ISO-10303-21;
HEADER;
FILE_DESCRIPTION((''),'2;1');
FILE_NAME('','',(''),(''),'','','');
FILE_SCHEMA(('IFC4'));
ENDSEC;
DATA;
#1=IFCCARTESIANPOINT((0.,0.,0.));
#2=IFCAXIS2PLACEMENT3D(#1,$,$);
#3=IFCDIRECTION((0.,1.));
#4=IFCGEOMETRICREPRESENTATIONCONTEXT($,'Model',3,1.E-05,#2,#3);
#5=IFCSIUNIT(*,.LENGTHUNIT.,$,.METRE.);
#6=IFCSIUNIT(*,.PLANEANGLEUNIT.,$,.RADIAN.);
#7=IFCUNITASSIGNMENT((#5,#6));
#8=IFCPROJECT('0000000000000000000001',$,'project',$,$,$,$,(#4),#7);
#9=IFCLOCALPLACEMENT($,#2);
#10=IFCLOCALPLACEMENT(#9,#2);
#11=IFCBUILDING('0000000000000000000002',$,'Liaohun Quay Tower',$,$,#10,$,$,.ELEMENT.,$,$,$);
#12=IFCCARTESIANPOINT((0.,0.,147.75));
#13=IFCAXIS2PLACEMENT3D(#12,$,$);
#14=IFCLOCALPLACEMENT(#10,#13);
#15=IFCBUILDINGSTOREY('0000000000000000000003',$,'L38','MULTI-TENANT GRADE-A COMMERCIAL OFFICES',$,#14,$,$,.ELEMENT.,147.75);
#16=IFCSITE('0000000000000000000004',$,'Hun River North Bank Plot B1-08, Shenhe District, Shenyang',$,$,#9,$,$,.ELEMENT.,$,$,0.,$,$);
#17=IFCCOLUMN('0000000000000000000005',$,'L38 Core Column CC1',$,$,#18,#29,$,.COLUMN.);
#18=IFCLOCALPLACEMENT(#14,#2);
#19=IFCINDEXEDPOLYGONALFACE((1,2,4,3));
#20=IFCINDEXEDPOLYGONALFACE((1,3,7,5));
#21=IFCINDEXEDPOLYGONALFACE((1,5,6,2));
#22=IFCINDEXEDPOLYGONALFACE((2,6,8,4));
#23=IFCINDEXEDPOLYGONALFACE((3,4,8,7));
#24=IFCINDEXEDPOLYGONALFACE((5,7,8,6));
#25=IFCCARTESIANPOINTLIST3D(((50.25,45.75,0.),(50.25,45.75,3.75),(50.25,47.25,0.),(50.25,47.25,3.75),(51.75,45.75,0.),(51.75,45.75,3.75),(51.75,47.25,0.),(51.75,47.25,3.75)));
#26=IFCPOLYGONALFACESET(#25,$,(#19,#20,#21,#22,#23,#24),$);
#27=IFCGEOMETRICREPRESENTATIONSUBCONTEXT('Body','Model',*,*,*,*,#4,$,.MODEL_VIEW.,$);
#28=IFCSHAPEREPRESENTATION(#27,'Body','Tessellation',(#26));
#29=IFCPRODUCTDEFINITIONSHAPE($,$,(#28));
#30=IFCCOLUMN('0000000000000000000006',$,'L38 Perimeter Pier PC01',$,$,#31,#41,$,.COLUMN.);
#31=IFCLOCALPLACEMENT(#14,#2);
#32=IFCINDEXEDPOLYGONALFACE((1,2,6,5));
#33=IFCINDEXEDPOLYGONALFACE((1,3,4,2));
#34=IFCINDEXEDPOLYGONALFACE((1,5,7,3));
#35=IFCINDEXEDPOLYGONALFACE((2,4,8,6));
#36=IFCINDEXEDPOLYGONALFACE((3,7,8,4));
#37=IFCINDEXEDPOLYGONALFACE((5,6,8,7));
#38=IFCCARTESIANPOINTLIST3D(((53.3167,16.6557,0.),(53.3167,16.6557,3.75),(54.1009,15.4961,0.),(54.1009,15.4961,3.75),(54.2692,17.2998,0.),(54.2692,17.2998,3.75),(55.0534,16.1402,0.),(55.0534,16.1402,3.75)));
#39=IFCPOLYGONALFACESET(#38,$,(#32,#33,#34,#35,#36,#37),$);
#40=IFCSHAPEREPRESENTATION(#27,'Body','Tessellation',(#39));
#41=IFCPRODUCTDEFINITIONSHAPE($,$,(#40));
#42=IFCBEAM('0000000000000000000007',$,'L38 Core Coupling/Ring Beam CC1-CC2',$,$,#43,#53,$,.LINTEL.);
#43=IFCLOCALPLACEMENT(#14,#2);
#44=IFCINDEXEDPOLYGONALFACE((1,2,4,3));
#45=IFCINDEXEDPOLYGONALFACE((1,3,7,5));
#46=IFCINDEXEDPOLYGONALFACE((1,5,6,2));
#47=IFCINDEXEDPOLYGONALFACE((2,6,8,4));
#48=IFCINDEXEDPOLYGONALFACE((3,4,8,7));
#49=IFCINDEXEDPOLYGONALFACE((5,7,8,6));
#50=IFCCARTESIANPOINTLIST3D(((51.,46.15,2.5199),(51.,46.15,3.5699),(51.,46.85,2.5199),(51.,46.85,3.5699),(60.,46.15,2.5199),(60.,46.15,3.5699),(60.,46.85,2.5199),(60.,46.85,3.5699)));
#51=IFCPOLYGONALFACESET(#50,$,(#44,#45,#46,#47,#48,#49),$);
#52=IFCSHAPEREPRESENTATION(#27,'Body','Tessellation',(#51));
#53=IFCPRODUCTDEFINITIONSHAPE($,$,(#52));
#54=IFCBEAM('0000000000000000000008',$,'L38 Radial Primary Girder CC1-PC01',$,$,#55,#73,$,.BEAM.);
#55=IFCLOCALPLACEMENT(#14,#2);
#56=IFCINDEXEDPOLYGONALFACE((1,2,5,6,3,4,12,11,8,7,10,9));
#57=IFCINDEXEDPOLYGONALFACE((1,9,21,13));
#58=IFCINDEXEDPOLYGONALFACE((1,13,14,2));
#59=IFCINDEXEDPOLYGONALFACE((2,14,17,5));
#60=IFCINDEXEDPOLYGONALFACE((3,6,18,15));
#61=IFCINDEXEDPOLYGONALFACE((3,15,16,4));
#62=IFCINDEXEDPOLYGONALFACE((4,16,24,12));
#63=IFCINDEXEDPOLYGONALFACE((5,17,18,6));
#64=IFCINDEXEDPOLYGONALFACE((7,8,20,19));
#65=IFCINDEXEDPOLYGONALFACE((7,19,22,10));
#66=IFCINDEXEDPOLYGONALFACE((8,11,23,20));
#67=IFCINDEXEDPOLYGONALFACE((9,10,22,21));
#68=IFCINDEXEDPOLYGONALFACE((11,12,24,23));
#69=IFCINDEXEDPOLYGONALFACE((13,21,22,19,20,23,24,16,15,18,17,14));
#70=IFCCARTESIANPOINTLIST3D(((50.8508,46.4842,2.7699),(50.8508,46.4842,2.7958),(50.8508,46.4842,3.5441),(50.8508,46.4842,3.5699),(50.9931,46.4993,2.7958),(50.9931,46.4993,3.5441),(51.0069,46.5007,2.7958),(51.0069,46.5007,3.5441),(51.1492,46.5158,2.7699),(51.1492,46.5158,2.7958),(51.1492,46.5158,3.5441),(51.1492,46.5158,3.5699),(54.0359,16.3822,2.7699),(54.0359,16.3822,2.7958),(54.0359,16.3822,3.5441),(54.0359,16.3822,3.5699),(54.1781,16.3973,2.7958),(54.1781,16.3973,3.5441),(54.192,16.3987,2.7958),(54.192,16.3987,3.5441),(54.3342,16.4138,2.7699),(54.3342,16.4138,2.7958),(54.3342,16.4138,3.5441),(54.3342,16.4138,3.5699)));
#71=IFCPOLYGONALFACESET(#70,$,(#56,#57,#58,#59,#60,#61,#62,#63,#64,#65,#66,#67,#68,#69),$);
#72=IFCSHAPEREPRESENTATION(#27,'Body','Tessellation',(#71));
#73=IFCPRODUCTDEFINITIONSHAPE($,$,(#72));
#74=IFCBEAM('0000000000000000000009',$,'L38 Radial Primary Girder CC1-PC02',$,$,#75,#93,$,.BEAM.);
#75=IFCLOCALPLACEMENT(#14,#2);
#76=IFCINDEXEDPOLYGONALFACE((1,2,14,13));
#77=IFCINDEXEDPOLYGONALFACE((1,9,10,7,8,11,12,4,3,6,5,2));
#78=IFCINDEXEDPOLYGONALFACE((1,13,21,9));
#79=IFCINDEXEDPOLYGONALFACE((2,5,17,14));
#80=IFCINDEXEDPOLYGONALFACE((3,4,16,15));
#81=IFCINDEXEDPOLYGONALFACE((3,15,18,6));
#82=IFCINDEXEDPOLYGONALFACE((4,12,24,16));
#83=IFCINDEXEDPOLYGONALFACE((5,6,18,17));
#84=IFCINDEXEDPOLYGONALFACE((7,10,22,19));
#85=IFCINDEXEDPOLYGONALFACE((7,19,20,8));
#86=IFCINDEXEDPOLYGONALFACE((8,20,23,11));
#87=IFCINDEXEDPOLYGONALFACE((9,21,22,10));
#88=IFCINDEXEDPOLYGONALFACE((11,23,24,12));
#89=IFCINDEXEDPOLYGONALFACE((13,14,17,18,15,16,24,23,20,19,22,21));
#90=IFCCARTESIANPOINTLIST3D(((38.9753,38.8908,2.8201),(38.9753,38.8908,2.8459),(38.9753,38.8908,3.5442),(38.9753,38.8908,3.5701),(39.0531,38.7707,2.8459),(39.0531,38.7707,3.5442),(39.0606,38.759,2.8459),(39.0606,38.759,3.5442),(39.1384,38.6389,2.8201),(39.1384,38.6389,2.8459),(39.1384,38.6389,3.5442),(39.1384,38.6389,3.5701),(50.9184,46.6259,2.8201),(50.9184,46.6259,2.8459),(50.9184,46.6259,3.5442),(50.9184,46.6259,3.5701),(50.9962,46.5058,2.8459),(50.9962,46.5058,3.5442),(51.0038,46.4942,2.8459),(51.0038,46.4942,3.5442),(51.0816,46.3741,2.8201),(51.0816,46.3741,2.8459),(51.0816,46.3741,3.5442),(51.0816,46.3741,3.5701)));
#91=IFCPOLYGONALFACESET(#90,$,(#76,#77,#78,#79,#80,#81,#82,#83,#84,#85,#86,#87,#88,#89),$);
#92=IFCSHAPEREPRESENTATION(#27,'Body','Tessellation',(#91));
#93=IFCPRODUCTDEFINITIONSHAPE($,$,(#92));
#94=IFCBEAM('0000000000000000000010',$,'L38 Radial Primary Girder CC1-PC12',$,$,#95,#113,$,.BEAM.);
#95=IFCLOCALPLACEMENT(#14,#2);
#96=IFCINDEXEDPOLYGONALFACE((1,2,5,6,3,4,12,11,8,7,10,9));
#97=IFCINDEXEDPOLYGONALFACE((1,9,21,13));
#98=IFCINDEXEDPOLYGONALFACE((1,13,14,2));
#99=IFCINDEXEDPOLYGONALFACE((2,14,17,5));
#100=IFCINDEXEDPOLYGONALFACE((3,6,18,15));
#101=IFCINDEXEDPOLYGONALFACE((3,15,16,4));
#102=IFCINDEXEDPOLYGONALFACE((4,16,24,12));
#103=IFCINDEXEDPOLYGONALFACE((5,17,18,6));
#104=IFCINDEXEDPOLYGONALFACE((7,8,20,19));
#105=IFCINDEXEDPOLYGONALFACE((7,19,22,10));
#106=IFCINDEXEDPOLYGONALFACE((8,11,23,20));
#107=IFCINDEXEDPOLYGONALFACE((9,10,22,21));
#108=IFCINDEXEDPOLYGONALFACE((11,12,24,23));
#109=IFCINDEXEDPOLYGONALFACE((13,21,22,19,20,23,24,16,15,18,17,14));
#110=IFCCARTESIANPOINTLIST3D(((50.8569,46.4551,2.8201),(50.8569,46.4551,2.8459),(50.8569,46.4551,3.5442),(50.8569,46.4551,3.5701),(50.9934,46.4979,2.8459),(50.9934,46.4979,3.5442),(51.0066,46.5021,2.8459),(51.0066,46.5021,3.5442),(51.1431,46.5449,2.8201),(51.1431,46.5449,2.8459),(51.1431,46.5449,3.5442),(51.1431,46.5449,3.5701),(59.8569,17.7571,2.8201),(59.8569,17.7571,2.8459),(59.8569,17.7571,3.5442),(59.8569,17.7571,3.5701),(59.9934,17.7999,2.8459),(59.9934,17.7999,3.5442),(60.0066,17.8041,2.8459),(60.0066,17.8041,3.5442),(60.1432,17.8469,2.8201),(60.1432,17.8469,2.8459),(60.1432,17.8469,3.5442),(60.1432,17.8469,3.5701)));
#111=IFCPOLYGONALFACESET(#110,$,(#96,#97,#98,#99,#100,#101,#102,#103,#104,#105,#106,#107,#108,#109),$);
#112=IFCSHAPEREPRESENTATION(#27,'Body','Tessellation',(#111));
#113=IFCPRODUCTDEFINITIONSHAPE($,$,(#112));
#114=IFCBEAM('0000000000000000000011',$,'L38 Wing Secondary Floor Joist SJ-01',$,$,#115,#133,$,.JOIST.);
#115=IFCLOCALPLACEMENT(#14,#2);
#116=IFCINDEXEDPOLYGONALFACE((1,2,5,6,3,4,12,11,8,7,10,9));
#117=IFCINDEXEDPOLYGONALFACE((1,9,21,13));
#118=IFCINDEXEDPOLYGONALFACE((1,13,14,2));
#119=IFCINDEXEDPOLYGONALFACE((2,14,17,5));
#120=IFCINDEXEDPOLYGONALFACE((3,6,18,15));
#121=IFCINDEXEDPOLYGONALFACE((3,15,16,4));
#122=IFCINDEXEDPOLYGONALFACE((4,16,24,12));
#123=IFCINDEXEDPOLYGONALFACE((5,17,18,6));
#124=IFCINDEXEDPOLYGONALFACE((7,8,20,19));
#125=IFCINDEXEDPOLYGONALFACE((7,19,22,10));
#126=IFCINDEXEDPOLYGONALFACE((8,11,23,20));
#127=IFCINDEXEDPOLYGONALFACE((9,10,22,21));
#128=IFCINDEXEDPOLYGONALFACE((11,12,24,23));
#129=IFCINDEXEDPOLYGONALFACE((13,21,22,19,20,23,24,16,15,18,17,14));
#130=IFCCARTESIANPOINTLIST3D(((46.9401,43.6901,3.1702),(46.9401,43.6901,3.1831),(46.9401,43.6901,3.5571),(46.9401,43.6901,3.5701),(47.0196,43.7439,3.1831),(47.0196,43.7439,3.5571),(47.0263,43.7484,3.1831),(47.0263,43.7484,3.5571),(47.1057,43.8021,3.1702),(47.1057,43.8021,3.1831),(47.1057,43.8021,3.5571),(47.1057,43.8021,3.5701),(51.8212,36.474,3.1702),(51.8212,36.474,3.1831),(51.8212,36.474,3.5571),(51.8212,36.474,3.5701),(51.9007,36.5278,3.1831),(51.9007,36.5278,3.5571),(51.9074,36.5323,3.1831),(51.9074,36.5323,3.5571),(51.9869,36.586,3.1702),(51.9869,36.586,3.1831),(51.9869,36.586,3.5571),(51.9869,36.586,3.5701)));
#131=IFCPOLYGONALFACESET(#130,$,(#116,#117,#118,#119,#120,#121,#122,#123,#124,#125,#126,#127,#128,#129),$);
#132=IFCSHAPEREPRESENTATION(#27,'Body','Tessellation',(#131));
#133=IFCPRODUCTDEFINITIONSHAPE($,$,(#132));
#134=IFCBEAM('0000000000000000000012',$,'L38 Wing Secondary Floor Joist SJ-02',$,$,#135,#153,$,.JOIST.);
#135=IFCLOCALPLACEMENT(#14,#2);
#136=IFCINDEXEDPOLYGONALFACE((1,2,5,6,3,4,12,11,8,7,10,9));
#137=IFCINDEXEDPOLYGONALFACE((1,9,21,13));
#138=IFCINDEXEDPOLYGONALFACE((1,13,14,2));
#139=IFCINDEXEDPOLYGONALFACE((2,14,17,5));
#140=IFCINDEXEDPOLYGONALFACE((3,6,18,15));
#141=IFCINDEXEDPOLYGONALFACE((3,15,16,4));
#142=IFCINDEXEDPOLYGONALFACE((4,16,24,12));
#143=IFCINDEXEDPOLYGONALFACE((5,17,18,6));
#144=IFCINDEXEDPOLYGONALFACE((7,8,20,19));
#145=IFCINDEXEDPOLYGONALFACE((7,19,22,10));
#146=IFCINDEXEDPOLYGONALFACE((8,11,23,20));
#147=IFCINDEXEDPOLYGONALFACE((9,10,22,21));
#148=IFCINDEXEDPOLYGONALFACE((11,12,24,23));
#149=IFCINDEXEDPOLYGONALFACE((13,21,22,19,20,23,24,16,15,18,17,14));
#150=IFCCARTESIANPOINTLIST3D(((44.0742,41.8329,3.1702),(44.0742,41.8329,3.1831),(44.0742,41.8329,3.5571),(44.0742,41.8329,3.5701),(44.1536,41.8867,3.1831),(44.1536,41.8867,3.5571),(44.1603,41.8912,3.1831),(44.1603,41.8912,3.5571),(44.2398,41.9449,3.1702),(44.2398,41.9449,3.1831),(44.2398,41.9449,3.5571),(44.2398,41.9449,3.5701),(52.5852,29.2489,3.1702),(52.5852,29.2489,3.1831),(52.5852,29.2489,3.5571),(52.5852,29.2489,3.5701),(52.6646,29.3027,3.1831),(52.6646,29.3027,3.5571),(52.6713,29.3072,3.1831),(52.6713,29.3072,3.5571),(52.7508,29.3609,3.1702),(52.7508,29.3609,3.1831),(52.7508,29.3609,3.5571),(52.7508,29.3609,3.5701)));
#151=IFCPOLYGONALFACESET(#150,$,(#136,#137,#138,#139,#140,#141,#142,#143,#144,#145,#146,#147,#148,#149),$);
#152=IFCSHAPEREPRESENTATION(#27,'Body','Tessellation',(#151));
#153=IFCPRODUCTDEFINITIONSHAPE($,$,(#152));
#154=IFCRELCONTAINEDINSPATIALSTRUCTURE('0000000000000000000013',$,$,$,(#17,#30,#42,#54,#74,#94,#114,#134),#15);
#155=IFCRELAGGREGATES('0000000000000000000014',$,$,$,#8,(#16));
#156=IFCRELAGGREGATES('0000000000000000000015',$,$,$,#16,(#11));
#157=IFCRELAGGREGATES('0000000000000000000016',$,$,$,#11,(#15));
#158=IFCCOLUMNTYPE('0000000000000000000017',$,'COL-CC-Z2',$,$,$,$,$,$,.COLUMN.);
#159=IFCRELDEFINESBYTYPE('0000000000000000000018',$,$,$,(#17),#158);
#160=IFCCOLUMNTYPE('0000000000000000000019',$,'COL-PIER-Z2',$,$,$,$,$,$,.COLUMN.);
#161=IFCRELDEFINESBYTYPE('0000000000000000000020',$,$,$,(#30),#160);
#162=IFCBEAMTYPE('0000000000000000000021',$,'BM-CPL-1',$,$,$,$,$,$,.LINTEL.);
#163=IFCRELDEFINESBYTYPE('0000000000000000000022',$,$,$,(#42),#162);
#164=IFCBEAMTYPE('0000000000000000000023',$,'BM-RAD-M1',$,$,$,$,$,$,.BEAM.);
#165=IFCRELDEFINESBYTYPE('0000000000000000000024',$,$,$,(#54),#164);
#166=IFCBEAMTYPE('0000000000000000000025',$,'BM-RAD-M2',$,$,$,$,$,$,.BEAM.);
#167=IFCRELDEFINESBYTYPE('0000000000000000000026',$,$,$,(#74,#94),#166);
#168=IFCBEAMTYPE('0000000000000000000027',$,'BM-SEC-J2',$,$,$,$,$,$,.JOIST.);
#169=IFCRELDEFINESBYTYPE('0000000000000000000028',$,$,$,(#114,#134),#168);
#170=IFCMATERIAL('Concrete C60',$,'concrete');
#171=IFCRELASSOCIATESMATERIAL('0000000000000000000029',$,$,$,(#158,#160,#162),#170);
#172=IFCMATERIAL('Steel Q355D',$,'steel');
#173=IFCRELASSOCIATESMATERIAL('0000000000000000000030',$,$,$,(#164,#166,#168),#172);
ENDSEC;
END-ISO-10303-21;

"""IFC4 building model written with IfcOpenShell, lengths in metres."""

from ifc_helpers import new_model, si_unit, direction, frame, origin, origin_2d, place, context, subcontext, project, spatial, rectangle, i_section, extrude, source, transform, mapped, material, material_profile, profile_set, type_object, element, save


model = new_model("IFC4")

# Units and contexts
model_context = context("Model", 3, precision=1e-05, world=origin(), true_north=direction((0.0, 1.0)))
body_context = subcontext(model_context, "Body", "Model", "MODEL_VIEW")
ifc_project = project(units=[si_unit("LENGTHUNIT", "METRE"), si_unit("PLANEANGLEUNIT", "RADIAN")], contexts=[model_context])

# Site, building, storey
site_placement = place(None, origin())
site = spatial("IfcSite", under=ifc_project, at=site_placement, Name="Hun River North Bank Plot B1-08, Shenhe District, Shenyang", CompositionType="ELEMENT", RefElevation=0.0)
building_placement = place(site_placement, origin())
building = spatial("IfcBuilding", under=site, at=building_placement, Name="Liaohun Quay Tower", CompositionType="ELEMENT")
storey_placement = place(building_placement, frame((0.0, 0.0, 147.75)))
storey = spatial("IfcBuildingStorey", under=building, at=storey_placement, Name="L38", Description="MULTI-TENANT GRADE-A COMMERCIAL OFFICES", CompositionType="ELEMENT", Elevation=147.75)

# Columns
ifc_material_1 = material(Name="Concrete C60", Category="concrete")
ifc_material_profile_1 = material_profile(ifc_material_1, rectangle(XDim=1.5, YDim=1.5, at=origin_2d()), Name="RC1500x1500")
ifc_profile_set_1 = profile_set([ifc_material_profile_1], Name="Concrete C60")
column_type_1 = type_object("IfcColumnType", Name="COL-CC-Z2", PredefinedType="COLUMN", material=ifc_profile_set_1)
shared_shape_1 = source(origin(), body_context, "Body", "SweptSolid", [
    extrude(rectangle(XDim=1.5, YDim=1.5, at=origin_2d()), origin(), (0.0, 0.0, 1.0), 3.75),
])
column_1_placement = place(storey_placement, frame((51.0, 46.5, 0.0), z_axis=(0.0, 0.0, 1.0), x_axis=(1.0, 0.0, 0.0)))
element("IfcColumn", 1, at=column_1_placement, inside=storey, type_object=column_type_1, Name="L38 Core Column CC1", PredefinedType="COLUMN", context=body_context, shape_type="MappedRepresentation", body=[
    mapped(shared_shape_1, transform((0.0, 0.0, 0.0), x_axis=(1.0, 0.0, 0.0), y_axis=(0.0, 1.0, 0.0), z_axis=(0.0, 0.0, 1.0), scale=1.0)),
])
ifc_material_profile_2 = material_profile(ifc_material_1, rectangle(XDim=1.3999, YDim=1.1499, at=origin_2d()), Name="RC1400x1150")
ifc_profile_set_2 = profile_set([ifc_material_profile_2], Name="Concrete C60")
column_type_2 = type_object("IfcColumnType", Name="COL-PIER-Z2", PredefinedType="COLUMN", material=ifc_profile_set_2)
shared_shape_2 = source(origin(), body_context, "Body", "SweptSolid", [
    extrude(rectangle(XDim=1.3999, YDim=1.1499, at=origin_2d()), origin(), (0.0, 0.0, 1.0), 3.75),
])
column_2_placement = place(storey_placement, frame((54.1851, 16.3979, 0.0), z_axis=(0.0, 0.0, 1.0), x_axis=(-0.560205, 0.828354, 0.0)))
element("IfcColumn", 2, at=column_2_placement, inside=storey, type_object=column_type_2, Name="L38 Perimeter Pier PC01", PredefinedType="COLUMN", context=body_context, shape_type="MappedRepresentation", body=[
    mapped(shared_shape_2, transform((0.0, 0.0, 0.0), x_axis=(1.0, 0.0, 0.0), y_axis=(0.0, 1.0, 0.0), z_axis=(0.0, 0.0, 1.0), scale=1.0)),
])

# Beams
ifc_material_profile_3 = material_profile(ifc_material_1, rectangle(XDim=0.7, YDim=1.05, at=origin_2d()), Name="RC700x1050")
ifc_profile_set_3 = profile_set([ifc_material_profile_3], Name="Concrete C60")
beam_type_1 = type_object("IfcBeamType", Name="BM-CPL-1", PredefinedType="LINTEL", material=ifc_profile_set_3)
shared_shape_3 = source(origin(), body_context, "Body", "SweptSolid", [
    extrude(rectangle(XDim=0.7, YDim=1.05, at=origin_2d()), origin(), (0.0, 0.0, 1.0), 9.0),
])
beam_1_placement = place(storey_placement, frame((51.0, 46.5, 3.0449), z_axis=(1.0, 0.0, 0.0), x_axis=(0.0, 1.0, 0.0)))
element("IfcBeam", 3, at=beam_1_placement, inside=storey, type_object=beam_type_1, Name="L38 Core Coupling/Ring Beam CC1-CC2", PredefinedType="LINTEL", context=body_context, shape_type="MappedRepresentation", body=[
    mapped(shared_shape_3, transform((0.0, 0.0, 0.0), x_axis=(1.0, 0.0, 0.0), y_axis=(0.0, 1.0, 0.0), z_axis=(0.0, 0.0, 1.0), scale=1.0)),
])
ifc_material_2 = material(Name="Steel Q355D", Category="steel")
ifc_material_profile_4 = material_profile(ifc_material_2, i_section(OverallWidth=0.3, OverallDepth=0.8, WebThickness=0.0139, FlangeThickness=0.0259, at=origin_2d()), Name="HN800x300x14x26")
ifc_profile_set_4 = profile_set([ifc_material_profile_4], Name="Steel Q355D")
beam_type_2 = type_object("IfcBeamType", Name="BM-RAD-M1", PredefinedType="BEAM", material=ifc_profile_set_4)
shared_shape_4 = source(origin(), body_context, "Body", "SweptSolid", [
    extrude(i_section(OverallWidth=0.3, OverallDepth=0.8, WebThickness=0.0139, FlangeThickness=0.0259, at=origin_2d()), origin(), (0.0, 0.0, 1.0), 30.27),
])
beam_2_placement = place(storey_placement, frame((51.0, 46.5, 3.1699), z_axis=(0.105221, -0.994449, 0.0), x_axis=(0.994449, 0.105221, 0.0)))
element("IfcBeam", 4, at=beam_2_placement, inside=storey, type_object=beam_type_2, Name="L38 Radial Primary Girder CC1-PC01", PredefinedType="BEAM", context=body_context, shape_type="MappedRepresentation", body=[
    mapped(shared_shape_4, transform((0.0, 0.0, 0.0), x_axis=(1.0, 0.0, 0.0), y_axis=(0.0, 1.0, 0.0), z_axis=(0.0, 0.0, 1.0), scale=1.0)),
])
ifc_material_profile_5 = material_profile(ifc_material_2, i_section(OverallWidth=0.3, OverallDepth=0.75, WebThickness=0.0139, FlangeThickness=0.0259, at=origin_2d()), Name="HN750x300x14x26")
ifc_profile_set_5 = profile_set([ifc_material_profile_5], Name="Steel Q355D")
beam_type_3 = type_object("IfcBeamType", Name="BM-RAD-M2", PredefinedType="BEAM", material=ifc_profile_set_5)
shared_shape_5 = source(origin(), body_context, "Body", "SweptSolid", [
    extrude(i_section(OverallWidth=0.3, OverallDepth=0.75, WebThickness=0.0139, FlangeThickness=0.0259, at=origin_2d()), origin(), (0.0, 0.0, 1.0), 14.2292),
])
beam_3_placement = place(storey_placement, frame((51.0, 46.5, 3.1951), z_axis=(-0.839339, -0.543608, 0.0), x_axis=(0.543608, -0.839339, 0.0)))
element("IfcBeam", 5, at=beam_3_placement, inside=storey, type_object=beam_type_3, Name="L38 Radial Primary Girder CC1-PC02", PredefinedType="BEAM", context=body_context, shape_type="MappedRepresentation", body=[
    mapped(shared_shape_5, transform((0.0, 0.0, 0.0), x_axis=(1.0, 0.0, 0.0), y_axis=(0.0, 1.0, 0.0), z_axis=(0.0, 0.0, 1.0), scale=1.0)),
])
shared_shape_6 = source(origin(), body_context, "Body", "SweptSolid", [
    extrude(i_section(OverallWidth=0.3, OverallDepth=0.75, WebThickness=0.0139, FlangeThickness=0.0259, at=origin_2d()), origin(), (0.0, 0.0, 1.0), 30.0762),
])
beam_4_placement = place(storey_placement, frame((51.0, 46.5, 3.1951), z_axis=(0.29924, -0.954178, 0.0), x_axis=(0.954178, 0.29924, 0.0)))
element("IfcBeam", 6, at=beam_4_placement, inside=storey, type_object=beam_type_3, Name="L38 Radial Primary Girder CC1-PC12", PredefinedType="BEAM", context=body_context, shape_type="MappedRepresentation", body=[
    mapped(shared_shape_6, transform((0.0, 0.0, 0.0), x_axis=(1.0, 0.0, 0.0), y_axis=(0.0, 1.0, 0.0), z_axis=(0.0, 0.0, 1.0), scale=1.0)),
])
ifc_material_profile_6 = material_profile(ifc_material_2, i_section(OverallWidth=0.2, OverallDepth=0.3999, WebThickness=0.0081, FlangeThickness=0.0129, at=origin_2d()), Name="HN400x200x8x13")
ifc_profile_set_6 = profile_set([ifc_material_profile_6], Name="Steel Q355D")
beam_type_4 = type_object("IfcBeamType", Name="BM-SEC-J2", PredefinedType="JOIST", material=ifc_profile_set_6)
shared_shape_7 = source(origin(), body_context, "Body", "SweptSolid", [
    extrude(i_section(OverallWidth=0.2, OverallDepth=0.3999, WebThickness=0.0081, FlangeThickness=0.0129, at=origin_2d()), origin(), (0.0, 0.0, 1.0), 8.7119),
])
beam_5_placement = place(storey_placement, frame((51.9041, 36.53, 3.3701), z_axis=(-0.560282, 0.828302, 0.0), x_axis=(-0.828302, -0.560282, 0.0)))
element("IfcBeam", 7, at=beam_5_placement, inside=storey, type_object=beam_type_4, Name="L38 Wing Secondary Floor Joist SJ-01", PredefinedType="JOIST", context=body_context, shape_type="MappedRepresentation", body=[
    mapped(shared_shape_7, transform((0.0, 0.0, 0.0), x_axis=(1.0, 0.0, 0.0), y_axis=(0.0, 1.0, 0.0), z_axis=(0.0, 0.0, 1.0), scale=1.0)),
])
shared_shape_8 = source(origin(), body_context, "Body", "SweptSolid", [
    extrude(i_section(OverallWidth=0.2, OverallDepth=0.3999, WebThickness=0.0081, FlangeThickness=0.0129, at=origin_2d()), origin(), (0.0, 0.0, 1.0), 15.1919),
])
beam_6_placement = place(storey_placement, frame((52.668, 29.3049, 3.3701), z_axis=(-0.560232, 0.828336, 0.0), x_axis=(-0.828336, -0.560232, 0.0)))
element("IfcBeam", 8, at=beam_6_placement, inside=storey, type_object=beam_type_4, Name="L38 Wing Secondary Floor Joist SJ-02", PredefinedType="JOIST", context=body_context, shape_type="MappedRepresentation", body=[
    mapped(shared_shape_8, transform((0.0, 0.0, 0.0), x_axis=(1.0, 0.0, 0.0), y_axis=(0.0, 1.0, 0.0), z_axis=(0.0, 0.0, 1.0), scale=1.0)),
])

save(model, "model.ifc")
